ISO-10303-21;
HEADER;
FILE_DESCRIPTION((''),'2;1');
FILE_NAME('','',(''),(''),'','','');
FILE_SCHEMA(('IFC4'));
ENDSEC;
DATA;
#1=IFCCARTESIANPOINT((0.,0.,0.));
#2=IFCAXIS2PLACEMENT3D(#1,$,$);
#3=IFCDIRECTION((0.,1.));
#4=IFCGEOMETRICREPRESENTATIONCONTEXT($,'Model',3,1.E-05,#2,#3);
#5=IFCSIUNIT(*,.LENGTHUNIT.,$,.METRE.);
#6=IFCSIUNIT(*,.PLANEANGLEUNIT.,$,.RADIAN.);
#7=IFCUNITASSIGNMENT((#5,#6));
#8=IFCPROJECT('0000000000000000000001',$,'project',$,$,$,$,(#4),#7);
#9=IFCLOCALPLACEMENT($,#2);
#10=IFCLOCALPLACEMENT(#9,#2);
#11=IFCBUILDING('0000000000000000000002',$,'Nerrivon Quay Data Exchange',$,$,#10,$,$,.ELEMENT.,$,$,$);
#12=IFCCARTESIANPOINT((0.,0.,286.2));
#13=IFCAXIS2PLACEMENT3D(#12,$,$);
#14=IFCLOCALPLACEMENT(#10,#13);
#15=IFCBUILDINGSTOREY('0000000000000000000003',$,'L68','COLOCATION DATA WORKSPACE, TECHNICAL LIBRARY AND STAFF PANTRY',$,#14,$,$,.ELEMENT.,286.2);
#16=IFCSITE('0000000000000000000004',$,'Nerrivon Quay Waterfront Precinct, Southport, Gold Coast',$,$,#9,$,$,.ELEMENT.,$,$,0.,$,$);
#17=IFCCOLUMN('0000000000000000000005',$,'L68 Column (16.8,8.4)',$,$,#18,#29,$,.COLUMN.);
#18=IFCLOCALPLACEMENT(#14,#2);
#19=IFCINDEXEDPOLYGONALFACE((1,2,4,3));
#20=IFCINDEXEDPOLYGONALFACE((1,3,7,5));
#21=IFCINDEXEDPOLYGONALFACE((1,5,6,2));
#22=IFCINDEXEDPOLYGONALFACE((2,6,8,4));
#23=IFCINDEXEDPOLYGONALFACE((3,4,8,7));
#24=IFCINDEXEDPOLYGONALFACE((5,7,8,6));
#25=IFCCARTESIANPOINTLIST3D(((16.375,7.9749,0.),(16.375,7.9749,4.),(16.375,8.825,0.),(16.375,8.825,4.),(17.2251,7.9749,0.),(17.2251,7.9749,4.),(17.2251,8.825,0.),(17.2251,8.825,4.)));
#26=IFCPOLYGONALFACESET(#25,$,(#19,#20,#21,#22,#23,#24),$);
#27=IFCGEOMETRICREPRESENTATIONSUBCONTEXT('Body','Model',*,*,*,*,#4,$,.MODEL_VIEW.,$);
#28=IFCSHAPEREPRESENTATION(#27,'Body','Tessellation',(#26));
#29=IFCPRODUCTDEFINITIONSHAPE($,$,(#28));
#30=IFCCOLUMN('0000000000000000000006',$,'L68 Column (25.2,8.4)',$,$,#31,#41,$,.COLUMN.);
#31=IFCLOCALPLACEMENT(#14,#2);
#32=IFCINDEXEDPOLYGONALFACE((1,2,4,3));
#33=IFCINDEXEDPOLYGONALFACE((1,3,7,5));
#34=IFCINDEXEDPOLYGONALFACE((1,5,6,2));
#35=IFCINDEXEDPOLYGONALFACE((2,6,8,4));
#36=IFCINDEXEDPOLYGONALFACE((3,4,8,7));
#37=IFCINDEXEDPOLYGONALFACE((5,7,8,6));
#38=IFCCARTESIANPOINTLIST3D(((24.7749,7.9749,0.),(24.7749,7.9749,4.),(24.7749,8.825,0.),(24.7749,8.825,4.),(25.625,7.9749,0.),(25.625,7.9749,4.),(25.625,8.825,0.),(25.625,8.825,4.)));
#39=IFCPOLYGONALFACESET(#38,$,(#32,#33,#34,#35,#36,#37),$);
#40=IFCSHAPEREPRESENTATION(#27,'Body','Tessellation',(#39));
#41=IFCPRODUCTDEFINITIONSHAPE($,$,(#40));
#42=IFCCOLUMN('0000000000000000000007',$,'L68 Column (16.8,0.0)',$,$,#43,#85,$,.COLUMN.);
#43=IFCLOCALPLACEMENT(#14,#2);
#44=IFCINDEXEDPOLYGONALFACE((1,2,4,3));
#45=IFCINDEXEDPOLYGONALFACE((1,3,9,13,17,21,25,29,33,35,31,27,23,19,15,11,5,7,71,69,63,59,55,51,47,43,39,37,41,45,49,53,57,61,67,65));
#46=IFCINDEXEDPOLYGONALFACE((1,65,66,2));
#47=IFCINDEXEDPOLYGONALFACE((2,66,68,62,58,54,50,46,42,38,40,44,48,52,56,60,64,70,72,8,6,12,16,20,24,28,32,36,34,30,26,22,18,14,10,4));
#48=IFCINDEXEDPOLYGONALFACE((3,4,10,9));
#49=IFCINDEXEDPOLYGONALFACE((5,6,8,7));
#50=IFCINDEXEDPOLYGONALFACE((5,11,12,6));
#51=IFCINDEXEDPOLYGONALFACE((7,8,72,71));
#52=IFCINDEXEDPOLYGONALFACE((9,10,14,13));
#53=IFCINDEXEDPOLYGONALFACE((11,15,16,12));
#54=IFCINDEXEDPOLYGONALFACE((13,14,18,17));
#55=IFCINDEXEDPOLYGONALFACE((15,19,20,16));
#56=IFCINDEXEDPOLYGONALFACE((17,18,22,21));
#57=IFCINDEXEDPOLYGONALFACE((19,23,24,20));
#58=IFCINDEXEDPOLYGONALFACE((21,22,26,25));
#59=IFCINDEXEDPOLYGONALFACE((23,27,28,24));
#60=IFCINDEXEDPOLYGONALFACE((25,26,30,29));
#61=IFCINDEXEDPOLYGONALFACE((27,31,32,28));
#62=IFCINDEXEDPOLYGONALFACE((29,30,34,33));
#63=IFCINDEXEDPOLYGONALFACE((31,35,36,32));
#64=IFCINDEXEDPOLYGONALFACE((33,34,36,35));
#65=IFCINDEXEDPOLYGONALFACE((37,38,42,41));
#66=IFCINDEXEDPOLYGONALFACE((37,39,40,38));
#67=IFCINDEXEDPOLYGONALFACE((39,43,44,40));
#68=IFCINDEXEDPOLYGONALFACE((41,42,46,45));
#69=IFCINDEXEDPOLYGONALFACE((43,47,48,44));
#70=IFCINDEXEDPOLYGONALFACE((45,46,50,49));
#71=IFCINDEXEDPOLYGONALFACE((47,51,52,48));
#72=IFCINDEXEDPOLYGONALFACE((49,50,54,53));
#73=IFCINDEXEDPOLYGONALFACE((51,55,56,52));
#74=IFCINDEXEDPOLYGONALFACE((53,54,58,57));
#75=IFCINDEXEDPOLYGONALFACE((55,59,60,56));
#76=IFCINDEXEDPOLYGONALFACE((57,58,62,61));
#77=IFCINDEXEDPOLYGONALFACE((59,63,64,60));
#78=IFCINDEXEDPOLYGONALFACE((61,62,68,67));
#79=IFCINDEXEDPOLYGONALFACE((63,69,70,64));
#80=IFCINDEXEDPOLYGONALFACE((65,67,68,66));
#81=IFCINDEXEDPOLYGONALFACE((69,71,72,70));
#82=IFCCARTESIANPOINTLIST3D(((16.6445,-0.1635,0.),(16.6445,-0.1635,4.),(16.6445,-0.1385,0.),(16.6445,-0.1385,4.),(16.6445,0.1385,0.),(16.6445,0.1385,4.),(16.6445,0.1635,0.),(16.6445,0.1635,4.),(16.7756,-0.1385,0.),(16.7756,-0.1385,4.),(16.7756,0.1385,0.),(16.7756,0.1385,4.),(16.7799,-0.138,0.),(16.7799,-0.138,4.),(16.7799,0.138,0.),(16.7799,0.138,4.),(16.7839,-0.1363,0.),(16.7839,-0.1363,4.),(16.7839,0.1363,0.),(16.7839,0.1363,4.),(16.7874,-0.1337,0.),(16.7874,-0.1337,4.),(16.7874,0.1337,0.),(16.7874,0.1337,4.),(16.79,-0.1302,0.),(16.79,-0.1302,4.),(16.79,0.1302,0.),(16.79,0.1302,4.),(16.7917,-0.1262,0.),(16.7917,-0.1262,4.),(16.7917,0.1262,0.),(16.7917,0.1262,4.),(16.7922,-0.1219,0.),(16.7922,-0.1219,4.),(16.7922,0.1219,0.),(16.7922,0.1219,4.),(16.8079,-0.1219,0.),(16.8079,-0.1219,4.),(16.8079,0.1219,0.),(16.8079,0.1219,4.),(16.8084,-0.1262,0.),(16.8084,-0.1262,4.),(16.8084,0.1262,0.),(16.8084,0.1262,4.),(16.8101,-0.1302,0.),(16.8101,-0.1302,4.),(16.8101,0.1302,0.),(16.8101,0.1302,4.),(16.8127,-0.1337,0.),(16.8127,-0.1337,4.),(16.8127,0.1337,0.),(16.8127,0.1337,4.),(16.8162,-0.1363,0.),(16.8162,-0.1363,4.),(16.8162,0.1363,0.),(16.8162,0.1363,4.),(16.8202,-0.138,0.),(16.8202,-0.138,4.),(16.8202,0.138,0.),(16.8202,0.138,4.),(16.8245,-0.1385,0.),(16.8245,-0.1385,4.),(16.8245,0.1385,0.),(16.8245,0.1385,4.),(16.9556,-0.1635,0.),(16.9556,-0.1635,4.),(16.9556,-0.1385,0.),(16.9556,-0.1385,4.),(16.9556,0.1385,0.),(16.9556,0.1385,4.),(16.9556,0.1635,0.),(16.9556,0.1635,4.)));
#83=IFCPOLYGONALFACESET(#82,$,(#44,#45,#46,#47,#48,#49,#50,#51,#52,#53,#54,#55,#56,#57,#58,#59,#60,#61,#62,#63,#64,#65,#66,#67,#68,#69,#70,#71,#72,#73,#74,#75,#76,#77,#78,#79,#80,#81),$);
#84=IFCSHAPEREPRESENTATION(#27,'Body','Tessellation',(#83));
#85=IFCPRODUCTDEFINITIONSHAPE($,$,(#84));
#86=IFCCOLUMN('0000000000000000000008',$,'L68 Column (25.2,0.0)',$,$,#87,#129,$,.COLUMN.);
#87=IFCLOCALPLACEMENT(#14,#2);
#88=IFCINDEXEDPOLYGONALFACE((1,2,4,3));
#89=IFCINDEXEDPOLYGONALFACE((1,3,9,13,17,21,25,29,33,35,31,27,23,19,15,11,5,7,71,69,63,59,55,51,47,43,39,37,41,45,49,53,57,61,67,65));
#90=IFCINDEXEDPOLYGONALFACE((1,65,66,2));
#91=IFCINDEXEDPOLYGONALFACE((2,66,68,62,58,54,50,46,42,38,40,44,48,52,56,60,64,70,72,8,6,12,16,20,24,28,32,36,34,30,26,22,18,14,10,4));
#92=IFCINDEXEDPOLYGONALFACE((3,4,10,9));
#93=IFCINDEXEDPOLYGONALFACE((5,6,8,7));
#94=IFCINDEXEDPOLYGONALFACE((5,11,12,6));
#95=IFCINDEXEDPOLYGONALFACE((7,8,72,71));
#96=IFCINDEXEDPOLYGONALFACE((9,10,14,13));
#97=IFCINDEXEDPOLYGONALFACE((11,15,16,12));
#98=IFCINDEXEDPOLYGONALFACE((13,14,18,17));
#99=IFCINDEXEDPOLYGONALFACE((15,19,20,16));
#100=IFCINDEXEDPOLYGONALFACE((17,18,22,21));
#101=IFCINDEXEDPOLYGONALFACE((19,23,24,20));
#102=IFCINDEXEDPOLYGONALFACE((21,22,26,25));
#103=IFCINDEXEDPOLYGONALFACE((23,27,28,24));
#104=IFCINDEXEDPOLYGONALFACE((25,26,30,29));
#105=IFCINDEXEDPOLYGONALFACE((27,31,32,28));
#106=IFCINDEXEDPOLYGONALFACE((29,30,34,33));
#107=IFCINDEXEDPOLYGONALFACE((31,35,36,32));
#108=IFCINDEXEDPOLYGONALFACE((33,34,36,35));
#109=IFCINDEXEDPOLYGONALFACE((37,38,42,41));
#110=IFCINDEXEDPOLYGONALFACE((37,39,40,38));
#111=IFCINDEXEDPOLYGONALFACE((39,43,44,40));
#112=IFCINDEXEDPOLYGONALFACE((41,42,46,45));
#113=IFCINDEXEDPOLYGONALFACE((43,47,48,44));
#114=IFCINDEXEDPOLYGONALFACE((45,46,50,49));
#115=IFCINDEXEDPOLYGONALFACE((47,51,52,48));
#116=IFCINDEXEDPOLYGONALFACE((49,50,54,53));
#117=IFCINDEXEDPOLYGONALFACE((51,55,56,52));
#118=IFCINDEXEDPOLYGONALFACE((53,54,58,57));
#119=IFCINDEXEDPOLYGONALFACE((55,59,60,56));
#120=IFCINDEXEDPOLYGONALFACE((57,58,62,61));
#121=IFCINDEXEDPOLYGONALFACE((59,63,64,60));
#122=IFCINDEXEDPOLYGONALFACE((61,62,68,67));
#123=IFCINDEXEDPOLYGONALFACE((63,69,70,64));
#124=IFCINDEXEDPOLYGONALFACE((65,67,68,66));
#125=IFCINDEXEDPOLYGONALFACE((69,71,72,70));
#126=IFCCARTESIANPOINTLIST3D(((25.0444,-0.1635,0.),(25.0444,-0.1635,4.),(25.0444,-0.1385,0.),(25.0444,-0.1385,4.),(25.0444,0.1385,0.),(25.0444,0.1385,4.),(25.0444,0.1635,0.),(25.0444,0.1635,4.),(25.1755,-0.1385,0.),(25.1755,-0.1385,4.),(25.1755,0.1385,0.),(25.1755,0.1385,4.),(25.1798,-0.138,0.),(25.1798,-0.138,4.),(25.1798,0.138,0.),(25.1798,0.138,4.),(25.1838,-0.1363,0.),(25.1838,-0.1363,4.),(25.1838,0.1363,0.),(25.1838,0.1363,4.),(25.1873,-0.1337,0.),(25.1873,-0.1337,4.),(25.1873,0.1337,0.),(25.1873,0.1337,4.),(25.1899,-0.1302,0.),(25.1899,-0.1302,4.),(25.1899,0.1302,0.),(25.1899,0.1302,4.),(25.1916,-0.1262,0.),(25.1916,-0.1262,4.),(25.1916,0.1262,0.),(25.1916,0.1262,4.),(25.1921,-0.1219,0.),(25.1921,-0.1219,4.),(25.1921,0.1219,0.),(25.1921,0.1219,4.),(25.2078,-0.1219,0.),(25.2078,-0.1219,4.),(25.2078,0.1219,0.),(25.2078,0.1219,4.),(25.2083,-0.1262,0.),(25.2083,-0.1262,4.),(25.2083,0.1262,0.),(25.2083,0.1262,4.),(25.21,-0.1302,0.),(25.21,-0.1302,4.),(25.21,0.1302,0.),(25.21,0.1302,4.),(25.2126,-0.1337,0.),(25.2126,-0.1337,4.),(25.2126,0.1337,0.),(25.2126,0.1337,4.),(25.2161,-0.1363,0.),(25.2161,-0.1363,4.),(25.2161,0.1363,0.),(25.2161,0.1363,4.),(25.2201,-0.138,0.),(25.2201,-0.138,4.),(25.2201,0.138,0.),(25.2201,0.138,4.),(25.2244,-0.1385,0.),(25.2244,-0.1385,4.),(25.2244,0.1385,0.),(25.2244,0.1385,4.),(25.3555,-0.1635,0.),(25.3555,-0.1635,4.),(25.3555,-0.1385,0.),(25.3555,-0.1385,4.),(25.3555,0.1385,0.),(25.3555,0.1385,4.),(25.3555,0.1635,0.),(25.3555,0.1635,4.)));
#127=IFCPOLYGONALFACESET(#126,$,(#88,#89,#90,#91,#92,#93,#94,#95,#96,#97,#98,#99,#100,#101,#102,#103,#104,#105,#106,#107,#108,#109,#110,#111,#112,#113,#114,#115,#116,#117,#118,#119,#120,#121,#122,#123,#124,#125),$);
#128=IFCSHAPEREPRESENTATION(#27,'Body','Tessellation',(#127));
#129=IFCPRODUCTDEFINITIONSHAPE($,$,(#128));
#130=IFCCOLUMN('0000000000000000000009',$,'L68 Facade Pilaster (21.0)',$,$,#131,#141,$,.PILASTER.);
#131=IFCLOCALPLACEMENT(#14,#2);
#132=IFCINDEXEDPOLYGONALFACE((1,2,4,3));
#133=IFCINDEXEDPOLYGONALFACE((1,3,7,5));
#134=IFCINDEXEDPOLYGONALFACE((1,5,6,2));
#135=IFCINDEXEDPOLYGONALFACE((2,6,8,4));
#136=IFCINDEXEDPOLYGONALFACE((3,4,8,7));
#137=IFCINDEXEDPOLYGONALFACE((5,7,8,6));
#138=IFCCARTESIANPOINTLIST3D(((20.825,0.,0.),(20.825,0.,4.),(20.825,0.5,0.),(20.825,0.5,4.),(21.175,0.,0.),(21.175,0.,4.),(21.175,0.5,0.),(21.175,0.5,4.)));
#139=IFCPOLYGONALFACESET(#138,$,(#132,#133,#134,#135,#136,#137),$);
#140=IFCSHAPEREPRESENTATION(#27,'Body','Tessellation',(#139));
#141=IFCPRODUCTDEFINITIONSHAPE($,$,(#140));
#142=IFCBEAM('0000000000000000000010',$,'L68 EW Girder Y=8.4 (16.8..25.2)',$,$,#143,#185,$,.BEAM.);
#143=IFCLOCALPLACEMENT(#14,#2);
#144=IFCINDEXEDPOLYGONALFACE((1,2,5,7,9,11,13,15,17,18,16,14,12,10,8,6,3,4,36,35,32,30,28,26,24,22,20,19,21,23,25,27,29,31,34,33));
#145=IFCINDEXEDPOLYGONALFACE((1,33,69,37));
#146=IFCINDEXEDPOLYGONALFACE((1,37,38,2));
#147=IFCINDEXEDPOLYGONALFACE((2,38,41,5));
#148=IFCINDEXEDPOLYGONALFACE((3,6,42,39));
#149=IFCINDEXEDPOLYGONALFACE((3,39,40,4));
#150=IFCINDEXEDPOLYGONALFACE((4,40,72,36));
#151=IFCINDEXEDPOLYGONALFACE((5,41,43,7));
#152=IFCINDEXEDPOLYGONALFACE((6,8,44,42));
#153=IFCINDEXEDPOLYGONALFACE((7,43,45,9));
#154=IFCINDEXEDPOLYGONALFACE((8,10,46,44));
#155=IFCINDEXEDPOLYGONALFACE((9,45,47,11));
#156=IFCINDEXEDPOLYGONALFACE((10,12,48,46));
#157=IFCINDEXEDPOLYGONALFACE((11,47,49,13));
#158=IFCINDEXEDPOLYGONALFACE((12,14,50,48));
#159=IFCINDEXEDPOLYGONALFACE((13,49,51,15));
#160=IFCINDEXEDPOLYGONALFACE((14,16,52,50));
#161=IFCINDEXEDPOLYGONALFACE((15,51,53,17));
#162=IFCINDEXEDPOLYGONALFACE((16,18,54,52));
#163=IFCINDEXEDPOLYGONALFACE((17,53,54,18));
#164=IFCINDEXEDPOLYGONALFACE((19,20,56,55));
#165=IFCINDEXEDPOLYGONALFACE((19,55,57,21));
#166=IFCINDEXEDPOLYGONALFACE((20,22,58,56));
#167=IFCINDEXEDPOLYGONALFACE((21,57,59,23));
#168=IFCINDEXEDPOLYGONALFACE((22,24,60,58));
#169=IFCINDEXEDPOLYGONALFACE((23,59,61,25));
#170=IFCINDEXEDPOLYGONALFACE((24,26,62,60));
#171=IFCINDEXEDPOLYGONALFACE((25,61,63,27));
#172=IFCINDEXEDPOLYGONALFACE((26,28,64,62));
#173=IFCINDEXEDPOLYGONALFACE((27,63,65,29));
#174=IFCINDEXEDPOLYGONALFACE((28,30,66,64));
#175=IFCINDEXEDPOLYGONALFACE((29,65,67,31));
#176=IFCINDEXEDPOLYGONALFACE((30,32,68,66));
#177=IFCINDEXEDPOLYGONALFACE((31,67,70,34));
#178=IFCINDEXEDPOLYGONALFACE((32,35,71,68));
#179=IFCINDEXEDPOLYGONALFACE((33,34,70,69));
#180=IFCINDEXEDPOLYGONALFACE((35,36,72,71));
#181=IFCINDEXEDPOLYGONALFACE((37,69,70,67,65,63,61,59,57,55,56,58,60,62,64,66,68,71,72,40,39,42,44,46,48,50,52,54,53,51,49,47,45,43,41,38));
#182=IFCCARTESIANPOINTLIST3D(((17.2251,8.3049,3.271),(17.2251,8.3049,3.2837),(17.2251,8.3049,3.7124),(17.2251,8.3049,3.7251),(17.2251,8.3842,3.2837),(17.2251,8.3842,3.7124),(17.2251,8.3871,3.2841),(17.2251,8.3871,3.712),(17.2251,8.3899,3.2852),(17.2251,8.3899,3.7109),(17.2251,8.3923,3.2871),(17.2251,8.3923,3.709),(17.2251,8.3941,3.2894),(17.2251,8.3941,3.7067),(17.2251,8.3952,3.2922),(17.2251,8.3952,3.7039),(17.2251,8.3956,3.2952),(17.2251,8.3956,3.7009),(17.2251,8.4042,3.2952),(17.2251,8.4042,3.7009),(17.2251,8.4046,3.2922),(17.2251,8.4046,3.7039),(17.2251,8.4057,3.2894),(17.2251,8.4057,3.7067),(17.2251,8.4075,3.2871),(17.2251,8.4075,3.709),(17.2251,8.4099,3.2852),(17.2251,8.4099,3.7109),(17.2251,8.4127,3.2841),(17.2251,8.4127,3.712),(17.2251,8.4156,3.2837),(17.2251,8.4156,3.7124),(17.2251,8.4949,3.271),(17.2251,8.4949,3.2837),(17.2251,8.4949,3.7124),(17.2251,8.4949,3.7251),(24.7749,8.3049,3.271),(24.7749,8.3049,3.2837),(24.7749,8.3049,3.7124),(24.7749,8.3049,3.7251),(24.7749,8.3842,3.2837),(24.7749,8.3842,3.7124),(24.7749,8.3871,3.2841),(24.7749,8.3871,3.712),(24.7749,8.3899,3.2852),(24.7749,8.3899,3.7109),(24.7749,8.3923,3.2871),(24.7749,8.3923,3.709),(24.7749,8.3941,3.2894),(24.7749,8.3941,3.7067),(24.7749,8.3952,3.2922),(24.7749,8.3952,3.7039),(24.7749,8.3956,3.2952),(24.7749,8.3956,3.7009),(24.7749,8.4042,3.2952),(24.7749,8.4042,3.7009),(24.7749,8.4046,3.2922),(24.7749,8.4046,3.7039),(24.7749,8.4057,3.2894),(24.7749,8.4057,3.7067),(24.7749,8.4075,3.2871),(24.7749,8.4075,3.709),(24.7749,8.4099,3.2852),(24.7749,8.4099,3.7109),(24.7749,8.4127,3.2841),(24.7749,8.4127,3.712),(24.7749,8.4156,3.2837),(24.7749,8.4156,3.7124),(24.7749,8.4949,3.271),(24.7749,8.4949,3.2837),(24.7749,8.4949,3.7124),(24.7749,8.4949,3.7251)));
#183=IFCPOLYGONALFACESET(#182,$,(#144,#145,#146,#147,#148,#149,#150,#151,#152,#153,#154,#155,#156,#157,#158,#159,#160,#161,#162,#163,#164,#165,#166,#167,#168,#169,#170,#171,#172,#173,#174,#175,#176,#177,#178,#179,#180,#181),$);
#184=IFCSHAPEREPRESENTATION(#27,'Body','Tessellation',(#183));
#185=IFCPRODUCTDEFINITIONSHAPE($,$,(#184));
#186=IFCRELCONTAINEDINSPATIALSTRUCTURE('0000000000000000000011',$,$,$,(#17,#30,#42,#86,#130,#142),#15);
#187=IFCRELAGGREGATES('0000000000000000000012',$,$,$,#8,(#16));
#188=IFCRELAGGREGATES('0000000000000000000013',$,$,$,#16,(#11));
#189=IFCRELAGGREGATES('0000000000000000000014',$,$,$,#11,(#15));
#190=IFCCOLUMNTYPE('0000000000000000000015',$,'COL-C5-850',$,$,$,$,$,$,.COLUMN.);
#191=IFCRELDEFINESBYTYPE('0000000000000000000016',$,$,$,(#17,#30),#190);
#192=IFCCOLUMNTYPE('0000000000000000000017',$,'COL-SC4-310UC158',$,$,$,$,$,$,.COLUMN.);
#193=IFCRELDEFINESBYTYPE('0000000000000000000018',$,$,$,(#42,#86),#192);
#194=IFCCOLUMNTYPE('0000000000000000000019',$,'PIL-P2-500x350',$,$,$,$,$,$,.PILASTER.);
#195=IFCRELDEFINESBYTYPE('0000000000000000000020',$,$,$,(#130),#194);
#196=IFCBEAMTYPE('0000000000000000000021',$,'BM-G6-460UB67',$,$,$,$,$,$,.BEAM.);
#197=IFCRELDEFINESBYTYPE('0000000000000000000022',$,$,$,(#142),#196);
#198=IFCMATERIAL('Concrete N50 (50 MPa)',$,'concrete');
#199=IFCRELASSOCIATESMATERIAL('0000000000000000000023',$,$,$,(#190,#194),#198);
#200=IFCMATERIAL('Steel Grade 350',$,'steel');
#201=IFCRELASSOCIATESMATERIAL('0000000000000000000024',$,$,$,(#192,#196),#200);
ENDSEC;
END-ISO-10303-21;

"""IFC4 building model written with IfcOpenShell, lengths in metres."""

from ifc_helpers import new_model, si_unit, direction, frame, origin, origin_2d, place, context, subcontext, project, spatial, rectangle, i_section, extrude, material, material_profile, profile_set, type_object, element, save


model = new_model("IFC4")

# Units and contexts
model_context = context("Model", 3, precision=1e-05, world=origin(), true_north=direction((0.0, 1.0)))
body_context = subcontext(model_context, "Body", "Model", "MODEL_VIEW")
ifc_project = project(units=[si_unit("LENGTHUNIT", "METRE"), si_unit("PLANEANGLEUNIT", "RADIAN")], contexts=[model_context])

# Site, building, storey
site_placement = place(None, origin())
site = spatial("IfcSite", under=ifc_project, at=site_placement, Name="Nerrivon Quay Waterfront Precinct, Southport, Gold Coast", CompositionType="ELEMENT", RefElevation=0.0)
building_placement = place(site_placement, origin())
building = spatial("IfcBuilding", under=site, at=building_placement, Name="Nerrivon Quay Data Exchange", CompositionType="ELEMENT")
storey_placement = place(building_placement, frame((0.0, 0.0, 286.2)))
storey = spatial("IfcBuildingStorey", under=building, at=storey_placement, Name="L68", Description="COLOCATION DATA WORKSPACE, TECHNICAL LIBRARY AND STAFF PANTRY", CompositionType="ELEMENT", Elevation=286.2)

# Columns
ifc_material_1 = material(Name="Concrete N50 (50 MPa)", Category="concrete")
ifc_material_profile_1 = material_profile(ifc_material_1, rectangle(XDim=0.8501, YDim=0.8501, at=origin_2d()), Name="RC-COL-850x850")
ifc_profile_set_1 = profile_set([ifc_material_profile_1], Name="Concrete N50 (50 MPa)")
column_type_1 = type_object("IfcColumnType", Name="COL-C5-850", PredefinedType="COLUMN", material=ifc_profile_set_1)
for number, where, z_axis, x_axis, name in (
    (1, (16.8, 8.3999, 0.0), (0.0, 0.0, 1.0), (1.0, 0.0, 0.0), "L68 Column (16.8,8.4)"),
    (2, (25.2, 8.3999, 0.0), (0.0, 0.0, 1.0), (1.0, 0.0, 0.0), "L68 Column (25.2,8.4)"),
):
    element("IfcColumn", number, at=place(storey_placement, frame(where, z_axis=z_axis, x_axis=x_axis)), inside=storey, type_object=column_type_1, Name=name, PredefinedType="COLUMN", context=body_context, shape_type="SweptSolid", body=[
        extrude(rectangle(XDim=0.8501, YDim=0.8501, at=origin_2d()), origin(), (0.0, 0.0, 1.0), 4.0),
    ])
ifc_material_2 = material(Name="Steel Grade 350", Category="steel")
ifc_material_profile_2 = material_profile(ifc_material_2, i_section(OverallWidth=0.311, OverallDepth=0.3269, WebThickness=0.0156, FlangeThickness=0.0249, FilletRadius=0.0166, at=origin_2d()), Name="310UC158")
ifc_profile_set_2 = profile_set([ifc_material_profile_2], Name="Steel Grade 350")
column_type_2 = type_object("IfcColumnType", Name="COL-SC4-310UC158", PredefinedType="COLUMN", material=ifc_profile_set_2)
for number, where, z_axis, x_axis, name in (
    (3, (16.8, 0.0, 0.0), (0.0, 0.0, 1.0), (1.0, 0.0, 0.0), "L68 Column (16.8,0.0)"),
    (4, (25.2, 0.0, 0.0), (0.0, 0.0, 1.0), (1.0, 0.0, 0.0), "L68 Column (25.2,0.0)"),
):
    element("IfcColumn", number, at=place(storey_placement, frame(where, z_axis=z_axis, x_axis=x_axis)), inside=storey, type_object=column_type_2, Name=name, PredefinedType="COLUMN", context=body_context, shape_type="SweptSolid", body=[
        extrude(i_section(OverallWidth=0.311, OverallDepth=0.3269, WebThickness=0.0156, FlangeThickness=0.0249, FilletRadius=0.0166, at=origin_2d()), origin(), (0.0, 0.0, 1.0), 4.0),
    ])
ifc_material_profile_3 = material_profile(ifc_material_1, rectangle(XDim=0.3501, YDim=0.5, at=origin_2d()), Name="RC-PIL-500x350")
ifc_profile_set_3 = profile_set([ifc_material_profile_3], Name="Concrete N50 (50 MPa)")
column_type_3 = type_object("IfcColumnType", Name="PIL-P2-500x350", PredefinedType="PILASTER", material=ifc_profile_set_3)
column_placement = place(storey_placement, frame((21.0, 0.25, 0.0), z_axis=(0.0, 0.0, 1.0), x_axis=(1.0, 0.0, 0.0)))
element("IfcColumn", 5, at=column_placement, inside=storey, type_object=column_type_3, Name="L68 Facade Pilaster (21.0)", PredefinedType="PILASTER", context=body_context, shape_type="SweptSolid", body=[
    extrude(rectangle(XDim=0.3501, YDim=0.5, at=origin_2d()), origin(), (0.0, 0.0, 1.0), 4.0),
])

# Beam
ifc_material_profile_4 = material_profile(ifc_material_2, i_section(OverallWidth=0.1899, OverallDepth=0.4541, WebThickness=0.0085, FlangeThickness=0.0127, FilletRadius=0.0115, at=origin_2d()), Name="460UB67.1")
ifc_profile_set_4 = profile_set([ifc_material_profile_4], Name="Steel Grade 350")
beam_type_1 = type_object("IfcBeamType", Name="BM-G6-460UB67", PredefinedType="BEAM", material=ifc_profile_set_4)
beam_1_placement = place(storey_placement, frame((17.2251, 8.3999, 3.498), z_axis=(1.0, 0.0, 0.0), x_axis=(0.0, 1.0, 0.0)))
element("IfcBeam", 6, at=beam_1_placement, inside=storey, type_object=beam_type_1, Name="L68 EW Girder Y=8.4 (16.8..25.2)", PredefinedType="BEAM", context=body_context, shape_type="SweptSolid", body=[
    extrude(i_section(OverallWidth=0.1899, OverallDepth=0.4541, WebThickness=0.0085, FlangeThickness=0.0127, FilletRadius=0.0115, at=origin_2d()), origin(), (0.0, 0.0, 1.0), 7.5498),
])

save(model, "model.ifc")
